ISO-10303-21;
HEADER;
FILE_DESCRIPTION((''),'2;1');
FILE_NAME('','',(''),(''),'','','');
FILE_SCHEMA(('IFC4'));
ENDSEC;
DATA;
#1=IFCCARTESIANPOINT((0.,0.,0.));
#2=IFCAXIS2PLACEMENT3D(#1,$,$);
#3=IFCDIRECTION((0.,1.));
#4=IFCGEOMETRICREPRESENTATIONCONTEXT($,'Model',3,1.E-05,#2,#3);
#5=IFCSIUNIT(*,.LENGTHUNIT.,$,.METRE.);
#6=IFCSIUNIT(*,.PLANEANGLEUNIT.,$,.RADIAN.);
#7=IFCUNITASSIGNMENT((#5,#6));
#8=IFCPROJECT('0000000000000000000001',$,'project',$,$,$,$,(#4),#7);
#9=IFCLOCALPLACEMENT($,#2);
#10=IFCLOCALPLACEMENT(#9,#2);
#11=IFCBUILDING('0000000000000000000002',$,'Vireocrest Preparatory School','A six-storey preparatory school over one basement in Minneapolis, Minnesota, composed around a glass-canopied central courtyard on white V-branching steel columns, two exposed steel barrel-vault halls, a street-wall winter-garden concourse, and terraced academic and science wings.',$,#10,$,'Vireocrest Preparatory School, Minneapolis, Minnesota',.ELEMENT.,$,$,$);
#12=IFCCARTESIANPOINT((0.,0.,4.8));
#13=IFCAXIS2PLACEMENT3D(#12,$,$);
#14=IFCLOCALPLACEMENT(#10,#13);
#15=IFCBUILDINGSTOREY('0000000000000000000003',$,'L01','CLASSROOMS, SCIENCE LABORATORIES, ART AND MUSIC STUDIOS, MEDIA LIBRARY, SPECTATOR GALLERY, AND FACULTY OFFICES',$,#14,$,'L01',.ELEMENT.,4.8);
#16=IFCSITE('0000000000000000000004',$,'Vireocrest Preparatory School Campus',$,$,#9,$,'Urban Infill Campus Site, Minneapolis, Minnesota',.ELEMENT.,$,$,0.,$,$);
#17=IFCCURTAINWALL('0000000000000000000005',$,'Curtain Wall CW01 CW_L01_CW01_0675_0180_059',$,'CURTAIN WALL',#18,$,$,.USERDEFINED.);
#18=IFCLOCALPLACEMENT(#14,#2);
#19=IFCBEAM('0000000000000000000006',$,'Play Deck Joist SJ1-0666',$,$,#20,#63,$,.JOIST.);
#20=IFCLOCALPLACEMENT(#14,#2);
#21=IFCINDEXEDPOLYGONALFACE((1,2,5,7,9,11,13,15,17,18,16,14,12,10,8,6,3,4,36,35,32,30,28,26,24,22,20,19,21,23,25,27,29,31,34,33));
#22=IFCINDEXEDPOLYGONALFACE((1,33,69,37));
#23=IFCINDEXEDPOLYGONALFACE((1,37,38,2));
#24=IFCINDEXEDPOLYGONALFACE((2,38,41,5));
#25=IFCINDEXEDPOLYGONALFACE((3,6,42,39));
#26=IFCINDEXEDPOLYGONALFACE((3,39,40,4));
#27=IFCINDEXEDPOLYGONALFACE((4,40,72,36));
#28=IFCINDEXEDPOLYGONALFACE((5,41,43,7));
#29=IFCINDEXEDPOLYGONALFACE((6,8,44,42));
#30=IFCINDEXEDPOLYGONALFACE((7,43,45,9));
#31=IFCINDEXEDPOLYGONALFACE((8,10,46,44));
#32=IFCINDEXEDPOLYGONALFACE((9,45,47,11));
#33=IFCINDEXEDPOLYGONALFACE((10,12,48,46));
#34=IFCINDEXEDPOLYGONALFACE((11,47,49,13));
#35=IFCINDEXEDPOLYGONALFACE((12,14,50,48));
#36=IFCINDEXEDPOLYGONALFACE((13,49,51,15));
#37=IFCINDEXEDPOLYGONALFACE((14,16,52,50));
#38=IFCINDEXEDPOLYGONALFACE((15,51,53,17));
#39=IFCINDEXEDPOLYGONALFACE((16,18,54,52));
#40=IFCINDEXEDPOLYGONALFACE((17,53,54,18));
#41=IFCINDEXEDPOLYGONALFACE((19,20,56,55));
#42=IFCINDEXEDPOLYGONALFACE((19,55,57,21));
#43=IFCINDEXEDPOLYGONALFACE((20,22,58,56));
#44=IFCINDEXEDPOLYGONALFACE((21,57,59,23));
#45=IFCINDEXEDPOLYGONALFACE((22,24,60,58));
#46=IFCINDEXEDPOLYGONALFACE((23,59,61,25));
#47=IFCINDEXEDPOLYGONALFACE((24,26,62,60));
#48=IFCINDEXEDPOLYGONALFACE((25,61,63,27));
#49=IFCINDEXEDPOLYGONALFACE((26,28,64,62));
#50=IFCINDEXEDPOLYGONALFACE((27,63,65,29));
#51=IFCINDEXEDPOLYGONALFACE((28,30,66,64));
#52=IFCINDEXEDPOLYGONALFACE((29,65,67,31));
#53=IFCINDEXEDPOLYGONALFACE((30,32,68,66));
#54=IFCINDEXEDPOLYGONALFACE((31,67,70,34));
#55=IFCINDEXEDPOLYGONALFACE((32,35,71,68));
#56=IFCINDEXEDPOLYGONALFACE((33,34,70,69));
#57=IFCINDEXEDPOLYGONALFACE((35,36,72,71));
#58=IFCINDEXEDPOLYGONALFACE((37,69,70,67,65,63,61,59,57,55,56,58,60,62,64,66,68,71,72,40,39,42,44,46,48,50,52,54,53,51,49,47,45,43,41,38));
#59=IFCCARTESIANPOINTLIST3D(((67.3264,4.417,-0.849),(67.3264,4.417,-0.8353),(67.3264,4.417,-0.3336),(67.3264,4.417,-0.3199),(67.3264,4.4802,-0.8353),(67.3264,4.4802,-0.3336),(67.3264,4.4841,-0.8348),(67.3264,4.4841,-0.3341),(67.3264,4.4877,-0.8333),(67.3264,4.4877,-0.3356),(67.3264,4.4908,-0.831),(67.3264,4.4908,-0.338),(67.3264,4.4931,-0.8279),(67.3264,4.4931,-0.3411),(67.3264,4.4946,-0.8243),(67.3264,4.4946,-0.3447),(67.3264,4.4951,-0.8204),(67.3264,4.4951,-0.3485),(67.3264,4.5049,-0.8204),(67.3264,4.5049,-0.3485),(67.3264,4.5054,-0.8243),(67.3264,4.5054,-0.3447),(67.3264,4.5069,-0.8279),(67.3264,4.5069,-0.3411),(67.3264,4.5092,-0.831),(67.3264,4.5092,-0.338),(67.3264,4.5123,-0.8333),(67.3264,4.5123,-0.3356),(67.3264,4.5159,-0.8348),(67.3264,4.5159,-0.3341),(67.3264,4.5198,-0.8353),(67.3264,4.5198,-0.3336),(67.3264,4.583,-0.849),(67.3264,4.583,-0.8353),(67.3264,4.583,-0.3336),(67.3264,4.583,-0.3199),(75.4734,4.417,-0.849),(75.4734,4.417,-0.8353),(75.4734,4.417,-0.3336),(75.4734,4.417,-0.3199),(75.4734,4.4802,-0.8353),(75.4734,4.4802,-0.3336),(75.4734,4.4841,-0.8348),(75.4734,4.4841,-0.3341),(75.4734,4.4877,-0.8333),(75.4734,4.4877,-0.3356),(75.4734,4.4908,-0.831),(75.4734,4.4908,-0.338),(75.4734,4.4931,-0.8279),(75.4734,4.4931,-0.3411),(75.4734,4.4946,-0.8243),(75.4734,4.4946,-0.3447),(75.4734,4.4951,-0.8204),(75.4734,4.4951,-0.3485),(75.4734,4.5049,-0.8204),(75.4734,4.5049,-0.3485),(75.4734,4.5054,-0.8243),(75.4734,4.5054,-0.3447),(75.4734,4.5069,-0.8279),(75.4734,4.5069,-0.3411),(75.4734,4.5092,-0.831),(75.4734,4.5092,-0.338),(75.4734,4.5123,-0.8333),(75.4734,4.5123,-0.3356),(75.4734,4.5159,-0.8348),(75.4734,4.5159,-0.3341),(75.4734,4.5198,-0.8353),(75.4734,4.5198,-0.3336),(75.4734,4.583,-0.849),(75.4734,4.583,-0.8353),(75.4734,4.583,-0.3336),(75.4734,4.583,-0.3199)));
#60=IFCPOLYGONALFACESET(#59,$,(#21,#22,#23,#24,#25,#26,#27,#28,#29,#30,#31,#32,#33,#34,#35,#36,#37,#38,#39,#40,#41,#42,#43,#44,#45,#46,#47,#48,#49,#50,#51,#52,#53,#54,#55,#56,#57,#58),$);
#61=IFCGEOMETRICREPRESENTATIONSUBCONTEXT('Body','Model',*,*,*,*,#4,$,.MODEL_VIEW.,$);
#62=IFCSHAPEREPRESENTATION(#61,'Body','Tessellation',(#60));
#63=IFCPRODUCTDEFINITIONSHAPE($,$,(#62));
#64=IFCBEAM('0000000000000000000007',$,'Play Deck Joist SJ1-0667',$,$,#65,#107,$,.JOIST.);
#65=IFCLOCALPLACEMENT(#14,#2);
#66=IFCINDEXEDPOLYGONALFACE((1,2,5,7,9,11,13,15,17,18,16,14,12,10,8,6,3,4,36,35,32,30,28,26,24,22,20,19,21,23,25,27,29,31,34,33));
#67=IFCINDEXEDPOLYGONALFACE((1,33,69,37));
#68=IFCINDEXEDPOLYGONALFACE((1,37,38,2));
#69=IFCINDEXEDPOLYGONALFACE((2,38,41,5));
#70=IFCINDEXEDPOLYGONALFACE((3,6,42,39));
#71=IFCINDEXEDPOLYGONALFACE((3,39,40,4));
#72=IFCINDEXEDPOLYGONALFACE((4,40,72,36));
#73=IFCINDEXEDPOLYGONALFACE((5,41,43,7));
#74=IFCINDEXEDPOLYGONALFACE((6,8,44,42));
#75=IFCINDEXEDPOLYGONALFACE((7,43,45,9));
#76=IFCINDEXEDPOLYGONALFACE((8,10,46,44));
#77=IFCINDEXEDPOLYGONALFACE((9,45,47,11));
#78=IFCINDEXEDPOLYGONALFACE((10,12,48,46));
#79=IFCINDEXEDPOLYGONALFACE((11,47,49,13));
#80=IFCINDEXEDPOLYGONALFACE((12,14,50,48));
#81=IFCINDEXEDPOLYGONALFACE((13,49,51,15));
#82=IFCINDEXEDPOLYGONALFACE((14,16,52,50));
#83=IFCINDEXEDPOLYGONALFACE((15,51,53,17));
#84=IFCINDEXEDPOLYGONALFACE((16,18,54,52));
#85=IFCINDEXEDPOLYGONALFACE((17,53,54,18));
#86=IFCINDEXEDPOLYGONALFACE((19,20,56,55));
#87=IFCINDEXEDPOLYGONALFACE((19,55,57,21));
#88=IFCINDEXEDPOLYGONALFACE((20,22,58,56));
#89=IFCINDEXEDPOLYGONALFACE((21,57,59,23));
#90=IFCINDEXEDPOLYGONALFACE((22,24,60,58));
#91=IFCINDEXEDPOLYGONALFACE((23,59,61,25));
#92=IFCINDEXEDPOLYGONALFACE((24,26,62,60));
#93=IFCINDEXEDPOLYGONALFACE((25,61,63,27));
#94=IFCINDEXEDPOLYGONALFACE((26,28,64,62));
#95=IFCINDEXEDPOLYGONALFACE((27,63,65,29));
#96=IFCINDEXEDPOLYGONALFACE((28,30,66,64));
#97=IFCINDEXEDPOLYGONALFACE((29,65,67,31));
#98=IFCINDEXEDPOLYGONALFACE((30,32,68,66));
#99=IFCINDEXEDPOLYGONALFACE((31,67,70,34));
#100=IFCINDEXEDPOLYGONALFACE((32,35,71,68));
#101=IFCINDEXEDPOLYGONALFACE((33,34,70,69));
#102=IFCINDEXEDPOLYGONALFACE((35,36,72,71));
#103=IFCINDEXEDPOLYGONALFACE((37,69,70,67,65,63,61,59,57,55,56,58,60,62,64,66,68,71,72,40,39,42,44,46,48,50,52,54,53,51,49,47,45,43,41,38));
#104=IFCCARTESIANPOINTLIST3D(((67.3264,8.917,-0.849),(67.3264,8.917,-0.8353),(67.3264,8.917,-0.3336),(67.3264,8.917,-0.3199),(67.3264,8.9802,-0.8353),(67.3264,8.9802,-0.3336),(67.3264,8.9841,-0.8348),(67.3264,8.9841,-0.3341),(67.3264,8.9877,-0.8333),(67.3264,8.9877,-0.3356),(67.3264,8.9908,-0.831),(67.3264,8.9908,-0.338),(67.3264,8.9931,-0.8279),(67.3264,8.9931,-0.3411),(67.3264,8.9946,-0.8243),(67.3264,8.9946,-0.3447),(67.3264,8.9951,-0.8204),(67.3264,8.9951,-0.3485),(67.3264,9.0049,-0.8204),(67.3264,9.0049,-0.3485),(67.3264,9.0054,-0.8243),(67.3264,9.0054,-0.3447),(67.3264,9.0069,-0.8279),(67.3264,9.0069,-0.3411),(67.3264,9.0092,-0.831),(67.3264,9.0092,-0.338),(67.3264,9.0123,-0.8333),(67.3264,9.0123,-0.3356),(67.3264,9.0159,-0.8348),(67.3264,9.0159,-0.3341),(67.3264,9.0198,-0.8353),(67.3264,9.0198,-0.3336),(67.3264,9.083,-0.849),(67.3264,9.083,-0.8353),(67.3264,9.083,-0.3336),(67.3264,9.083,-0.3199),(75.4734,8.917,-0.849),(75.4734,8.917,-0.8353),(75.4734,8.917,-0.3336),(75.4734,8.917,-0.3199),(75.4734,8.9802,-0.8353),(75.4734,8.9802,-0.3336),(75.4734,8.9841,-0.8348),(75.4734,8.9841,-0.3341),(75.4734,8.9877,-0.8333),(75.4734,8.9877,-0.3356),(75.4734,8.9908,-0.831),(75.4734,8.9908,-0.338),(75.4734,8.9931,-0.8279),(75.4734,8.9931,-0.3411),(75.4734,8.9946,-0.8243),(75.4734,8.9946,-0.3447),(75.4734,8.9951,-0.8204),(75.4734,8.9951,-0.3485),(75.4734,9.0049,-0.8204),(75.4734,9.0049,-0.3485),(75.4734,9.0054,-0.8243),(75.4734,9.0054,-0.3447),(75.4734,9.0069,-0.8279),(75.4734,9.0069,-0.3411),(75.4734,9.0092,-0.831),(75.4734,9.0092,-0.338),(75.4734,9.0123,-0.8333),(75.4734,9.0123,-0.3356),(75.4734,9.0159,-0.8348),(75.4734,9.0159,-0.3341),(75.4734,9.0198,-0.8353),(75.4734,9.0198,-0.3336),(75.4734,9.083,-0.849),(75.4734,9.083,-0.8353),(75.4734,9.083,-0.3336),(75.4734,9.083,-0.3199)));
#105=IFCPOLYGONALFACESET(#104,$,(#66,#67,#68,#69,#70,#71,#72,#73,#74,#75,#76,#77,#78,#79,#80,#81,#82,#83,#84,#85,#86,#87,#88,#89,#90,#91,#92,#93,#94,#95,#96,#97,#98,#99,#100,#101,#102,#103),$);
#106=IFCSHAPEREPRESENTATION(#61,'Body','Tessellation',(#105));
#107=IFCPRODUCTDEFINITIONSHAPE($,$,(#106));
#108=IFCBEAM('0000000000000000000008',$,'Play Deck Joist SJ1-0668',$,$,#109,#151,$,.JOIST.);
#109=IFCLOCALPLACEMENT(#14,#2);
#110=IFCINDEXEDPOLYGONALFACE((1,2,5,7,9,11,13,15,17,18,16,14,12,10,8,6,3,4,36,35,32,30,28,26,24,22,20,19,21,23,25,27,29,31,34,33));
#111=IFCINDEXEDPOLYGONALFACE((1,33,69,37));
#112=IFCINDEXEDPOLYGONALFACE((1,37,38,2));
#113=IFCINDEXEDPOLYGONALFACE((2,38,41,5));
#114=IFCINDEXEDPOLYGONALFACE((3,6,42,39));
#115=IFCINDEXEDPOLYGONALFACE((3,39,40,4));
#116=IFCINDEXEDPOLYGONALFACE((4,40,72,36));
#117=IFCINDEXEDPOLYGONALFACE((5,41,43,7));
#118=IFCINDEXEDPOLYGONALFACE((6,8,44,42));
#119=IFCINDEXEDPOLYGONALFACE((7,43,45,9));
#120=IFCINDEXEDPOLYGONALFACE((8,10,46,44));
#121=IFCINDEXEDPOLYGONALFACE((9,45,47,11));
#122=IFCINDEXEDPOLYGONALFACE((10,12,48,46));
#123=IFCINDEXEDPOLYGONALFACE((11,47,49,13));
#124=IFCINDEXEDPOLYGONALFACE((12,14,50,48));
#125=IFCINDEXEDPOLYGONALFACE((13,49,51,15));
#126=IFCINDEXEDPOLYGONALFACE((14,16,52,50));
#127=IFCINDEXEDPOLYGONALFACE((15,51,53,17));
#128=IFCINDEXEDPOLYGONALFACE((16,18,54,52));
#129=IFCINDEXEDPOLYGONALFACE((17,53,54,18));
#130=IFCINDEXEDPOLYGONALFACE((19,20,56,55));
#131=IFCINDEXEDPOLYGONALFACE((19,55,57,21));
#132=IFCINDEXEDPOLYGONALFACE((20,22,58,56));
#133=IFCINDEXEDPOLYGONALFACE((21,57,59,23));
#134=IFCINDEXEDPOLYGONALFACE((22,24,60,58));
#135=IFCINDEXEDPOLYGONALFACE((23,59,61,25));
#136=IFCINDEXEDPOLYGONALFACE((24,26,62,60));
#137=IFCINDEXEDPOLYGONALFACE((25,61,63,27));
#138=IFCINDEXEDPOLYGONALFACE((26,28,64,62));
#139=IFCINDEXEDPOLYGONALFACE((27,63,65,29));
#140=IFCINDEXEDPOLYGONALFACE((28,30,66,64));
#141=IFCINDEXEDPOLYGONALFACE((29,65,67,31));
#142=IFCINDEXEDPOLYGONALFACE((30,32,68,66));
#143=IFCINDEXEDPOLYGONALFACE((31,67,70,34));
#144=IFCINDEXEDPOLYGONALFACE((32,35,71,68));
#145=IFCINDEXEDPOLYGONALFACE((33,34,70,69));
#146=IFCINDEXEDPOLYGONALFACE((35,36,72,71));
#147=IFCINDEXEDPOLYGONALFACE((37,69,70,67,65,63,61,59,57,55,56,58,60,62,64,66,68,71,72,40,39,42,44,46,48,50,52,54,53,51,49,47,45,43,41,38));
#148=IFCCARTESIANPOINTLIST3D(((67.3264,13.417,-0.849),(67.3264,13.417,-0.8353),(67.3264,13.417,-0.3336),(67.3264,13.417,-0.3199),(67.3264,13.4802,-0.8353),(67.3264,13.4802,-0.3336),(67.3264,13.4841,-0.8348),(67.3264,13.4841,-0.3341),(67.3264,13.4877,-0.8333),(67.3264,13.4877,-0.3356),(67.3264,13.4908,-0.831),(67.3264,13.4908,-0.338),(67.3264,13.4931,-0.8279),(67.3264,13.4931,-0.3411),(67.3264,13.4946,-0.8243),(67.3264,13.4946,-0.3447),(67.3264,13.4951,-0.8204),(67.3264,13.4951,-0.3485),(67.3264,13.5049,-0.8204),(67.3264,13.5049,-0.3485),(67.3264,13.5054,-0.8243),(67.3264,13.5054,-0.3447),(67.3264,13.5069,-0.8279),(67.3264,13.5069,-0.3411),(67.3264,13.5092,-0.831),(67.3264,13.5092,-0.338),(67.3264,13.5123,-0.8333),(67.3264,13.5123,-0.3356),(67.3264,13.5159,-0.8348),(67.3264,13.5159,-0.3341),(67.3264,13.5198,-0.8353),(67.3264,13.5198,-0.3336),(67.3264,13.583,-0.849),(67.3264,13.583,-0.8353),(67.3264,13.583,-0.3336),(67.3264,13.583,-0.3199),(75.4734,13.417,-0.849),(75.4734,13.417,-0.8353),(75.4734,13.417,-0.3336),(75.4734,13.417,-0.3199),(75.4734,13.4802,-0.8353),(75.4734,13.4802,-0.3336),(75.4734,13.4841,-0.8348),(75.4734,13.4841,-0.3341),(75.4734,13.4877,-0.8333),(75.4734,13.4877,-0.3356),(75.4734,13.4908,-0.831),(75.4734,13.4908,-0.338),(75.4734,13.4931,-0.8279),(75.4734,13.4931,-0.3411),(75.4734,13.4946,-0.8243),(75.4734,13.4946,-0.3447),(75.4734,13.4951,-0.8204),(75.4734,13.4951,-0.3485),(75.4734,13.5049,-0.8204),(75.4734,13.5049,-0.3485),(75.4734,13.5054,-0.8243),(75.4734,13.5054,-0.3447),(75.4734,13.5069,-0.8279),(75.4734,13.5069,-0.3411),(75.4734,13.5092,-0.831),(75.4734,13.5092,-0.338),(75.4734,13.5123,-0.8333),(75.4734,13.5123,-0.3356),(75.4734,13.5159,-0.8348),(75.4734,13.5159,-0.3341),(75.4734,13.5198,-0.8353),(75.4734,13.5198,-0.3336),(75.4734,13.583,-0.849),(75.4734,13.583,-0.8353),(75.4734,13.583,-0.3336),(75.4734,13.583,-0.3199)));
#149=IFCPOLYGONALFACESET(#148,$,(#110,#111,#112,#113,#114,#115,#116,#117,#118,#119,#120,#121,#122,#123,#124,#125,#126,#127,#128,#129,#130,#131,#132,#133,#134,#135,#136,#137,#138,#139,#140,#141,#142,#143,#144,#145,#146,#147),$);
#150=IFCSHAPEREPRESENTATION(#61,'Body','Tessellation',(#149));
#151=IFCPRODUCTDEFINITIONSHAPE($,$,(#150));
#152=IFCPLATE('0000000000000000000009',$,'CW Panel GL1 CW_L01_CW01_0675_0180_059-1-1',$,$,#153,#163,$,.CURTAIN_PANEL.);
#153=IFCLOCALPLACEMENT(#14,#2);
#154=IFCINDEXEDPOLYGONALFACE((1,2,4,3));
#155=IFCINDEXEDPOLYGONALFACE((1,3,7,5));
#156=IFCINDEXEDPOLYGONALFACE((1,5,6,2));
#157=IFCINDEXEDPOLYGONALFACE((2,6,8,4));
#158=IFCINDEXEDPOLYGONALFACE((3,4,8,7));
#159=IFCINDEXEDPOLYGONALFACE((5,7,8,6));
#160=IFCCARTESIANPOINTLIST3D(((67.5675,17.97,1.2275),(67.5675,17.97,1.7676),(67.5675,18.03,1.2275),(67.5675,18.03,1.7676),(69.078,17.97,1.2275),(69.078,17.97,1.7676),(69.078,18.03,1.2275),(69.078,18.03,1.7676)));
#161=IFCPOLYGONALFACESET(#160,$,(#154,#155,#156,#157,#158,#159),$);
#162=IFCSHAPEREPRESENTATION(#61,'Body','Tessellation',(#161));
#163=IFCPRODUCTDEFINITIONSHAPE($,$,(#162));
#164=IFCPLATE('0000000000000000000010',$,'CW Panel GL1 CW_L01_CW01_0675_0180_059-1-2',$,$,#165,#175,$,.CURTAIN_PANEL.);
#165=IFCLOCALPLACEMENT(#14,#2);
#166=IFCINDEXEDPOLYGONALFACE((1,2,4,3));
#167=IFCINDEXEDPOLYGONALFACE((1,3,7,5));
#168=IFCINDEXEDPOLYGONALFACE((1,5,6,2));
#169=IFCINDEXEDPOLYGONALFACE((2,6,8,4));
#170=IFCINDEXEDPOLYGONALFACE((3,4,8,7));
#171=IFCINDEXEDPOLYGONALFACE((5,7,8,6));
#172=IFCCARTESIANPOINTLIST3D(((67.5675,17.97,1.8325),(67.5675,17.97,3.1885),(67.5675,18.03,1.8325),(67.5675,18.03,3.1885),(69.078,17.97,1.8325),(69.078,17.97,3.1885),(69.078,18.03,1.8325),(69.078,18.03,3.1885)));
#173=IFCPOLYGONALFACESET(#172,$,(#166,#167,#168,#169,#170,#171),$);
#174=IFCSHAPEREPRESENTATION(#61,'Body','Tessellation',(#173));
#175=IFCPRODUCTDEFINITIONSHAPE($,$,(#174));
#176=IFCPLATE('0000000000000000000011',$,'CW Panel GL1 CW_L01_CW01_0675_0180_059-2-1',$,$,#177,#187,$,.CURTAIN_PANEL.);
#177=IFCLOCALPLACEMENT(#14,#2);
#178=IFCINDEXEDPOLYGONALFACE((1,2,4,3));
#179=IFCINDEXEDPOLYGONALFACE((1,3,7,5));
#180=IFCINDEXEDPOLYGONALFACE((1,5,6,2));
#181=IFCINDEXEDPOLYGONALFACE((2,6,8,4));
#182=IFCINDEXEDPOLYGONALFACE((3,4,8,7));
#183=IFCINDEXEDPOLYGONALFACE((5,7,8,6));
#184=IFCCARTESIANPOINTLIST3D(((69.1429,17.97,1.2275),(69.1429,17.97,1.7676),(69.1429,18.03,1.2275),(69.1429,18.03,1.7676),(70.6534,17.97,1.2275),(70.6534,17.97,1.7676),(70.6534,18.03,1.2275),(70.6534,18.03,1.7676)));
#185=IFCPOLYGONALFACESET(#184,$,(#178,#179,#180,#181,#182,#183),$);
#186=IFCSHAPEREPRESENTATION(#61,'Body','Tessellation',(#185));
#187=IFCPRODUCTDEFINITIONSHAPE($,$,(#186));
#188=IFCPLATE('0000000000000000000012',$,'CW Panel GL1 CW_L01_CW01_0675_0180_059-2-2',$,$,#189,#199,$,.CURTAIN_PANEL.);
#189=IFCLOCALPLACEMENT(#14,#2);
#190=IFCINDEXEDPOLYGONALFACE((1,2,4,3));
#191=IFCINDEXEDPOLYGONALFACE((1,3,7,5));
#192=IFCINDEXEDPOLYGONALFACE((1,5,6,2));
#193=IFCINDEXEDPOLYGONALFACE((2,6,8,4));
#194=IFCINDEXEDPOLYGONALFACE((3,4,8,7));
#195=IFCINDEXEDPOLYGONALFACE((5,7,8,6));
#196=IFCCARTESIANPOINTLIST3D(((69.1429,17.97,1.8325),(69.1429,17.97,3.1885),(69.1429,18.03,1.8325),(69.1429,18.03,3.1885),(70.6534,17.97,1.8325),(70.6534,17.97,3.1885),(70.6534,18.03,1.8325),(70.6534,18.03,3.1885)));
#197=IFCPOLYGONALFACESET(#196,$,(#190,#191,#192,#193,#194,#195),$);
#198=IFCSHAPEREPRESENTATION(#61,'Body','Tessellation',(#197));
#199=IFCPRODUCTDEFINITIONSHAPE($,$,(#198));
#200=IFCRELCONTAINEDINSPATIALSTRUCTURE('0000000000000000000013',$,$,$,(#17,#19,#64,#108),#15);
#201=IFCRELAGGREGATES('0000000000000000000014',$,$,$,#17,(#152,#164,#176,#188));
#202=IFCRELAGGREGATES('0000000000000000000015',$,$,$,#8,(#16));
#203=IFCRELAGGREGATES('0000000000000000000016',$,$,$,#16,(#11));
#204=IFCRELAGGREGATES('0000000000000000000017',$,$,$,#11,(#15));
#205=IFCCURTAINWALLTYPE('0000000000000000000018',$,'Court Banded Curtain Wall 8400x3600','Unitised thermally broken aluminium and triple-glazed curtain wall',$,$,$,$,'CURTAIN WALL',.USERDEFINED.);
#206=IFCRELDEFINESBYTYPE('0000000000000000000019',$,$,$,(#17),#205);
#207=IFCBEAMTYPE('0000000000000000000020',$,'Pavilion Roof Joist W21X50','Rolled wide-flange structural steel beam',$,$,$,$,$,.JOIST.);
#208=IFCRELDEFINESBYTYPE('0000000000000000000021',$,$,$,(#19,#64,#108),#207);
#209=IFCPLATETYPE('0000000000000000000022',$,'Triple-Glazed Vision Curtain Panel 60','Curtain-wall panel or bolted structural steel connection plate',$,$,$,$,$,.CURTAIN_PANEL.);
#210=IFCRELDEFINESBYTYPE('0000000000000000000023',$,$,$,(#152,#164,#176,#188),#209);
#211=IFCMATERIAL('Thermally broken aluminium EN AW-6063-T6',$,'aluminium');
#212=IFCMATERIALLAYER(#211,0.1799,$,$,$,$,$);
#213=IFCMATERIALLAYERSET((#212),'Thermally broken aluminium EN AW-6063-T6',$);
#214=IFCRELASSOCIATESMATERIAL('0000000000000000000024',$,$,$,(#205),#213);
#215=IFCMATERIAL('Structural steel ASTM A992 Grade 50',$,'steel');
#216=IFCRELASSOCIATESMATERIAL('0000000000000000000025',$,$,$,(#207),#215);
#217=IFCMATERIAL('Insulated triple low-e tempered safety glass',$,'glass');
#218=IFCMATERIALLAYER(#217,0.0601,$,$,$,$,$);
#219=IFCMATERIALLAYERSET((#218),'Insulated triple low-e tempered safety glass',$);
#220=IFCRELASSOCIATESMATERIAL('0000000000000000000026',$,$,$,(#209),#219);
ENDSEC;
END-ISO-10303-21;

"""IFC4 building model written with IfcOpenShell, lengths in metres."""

from ifc_helpers import new_model, si_unit, direction, frame, origin, origin_2d, place, context, subcontext, project, spatial, rectangle, i_section, extrude, material, layer, layer_set, material_profile, profile_set, type_object, element, aggregate, save


model = new_model("IFC4")

# Units and contexts
model_context = context("Model", 3, precision=1e-05, world=origin(), true_north=direction((0.0, 1.0)))
body_context = subcontext(model_context, "Body", "Model", "MODEL_VIEW")
ifc_project = project(units=[si_unit("LENGTHUNIT", "METRE"), si_unit("PLANEANGLEUNIT", "RADIAN")], contexts=[model_context])

# Site, building, storey
site_placement = place(None, origin())
site = spatial("IfcSite", under=ifc_project, at=site_placement, Name="Vireocrest Preparatory School Campus", LongName="Urban Infill Campus Site, Minneapolis, Minnesota", CompositionType="ELEMENT", RefElevation=0.0)
building_placement = place(site_placement, origin())
building = spatial("IfcBuilding", under=site, at=building_placement, Name="Vireocrest Preparatory School", Description="A six-storey preparatory school over one basement in Minneapolis, Minnesota, composed around a glass-canopied central courtyard on white V-branching steel columns, two exposed steel barrel-vault halls, a street-wall winter-garden concourse, and terraced academic and science wings.", LongName="Vireocrest Preparatory School, Minneapolis, Minnesota", CompositionType="ELEMENT")
storey_placement = place(building_placement, frame((0.0, 0.0, 4.8)))
storey = spatial("IfcBuildingStorey", under=building, at=storey_placement, Name="L01", Description="CLASSROOMS, SCIENCE LABORATORIES, ART AND MUSIC STUDIOS, MEDIA LIBRARY, SPECTATOR GALLERY, AND FACULTY OFFICES", LongName="L01", CompositionType="ELEMENT", Elevation=4.8)

# Curtain wall
ifc_material_1 = material(Name="Thermally broken aluminium EN AW-6063-T6", Category="aluminium")
ifc_layer_1 = layer(ifc_material_1, 0.1799)
ifc_layer_set_1 = layer_set([ifc_layer_1], Name="Thermally broken aluminium EN AW-6063-T6")
curtain_wall_type = type_object("IfcCurtainWallType", Name="Court Banded Curtain Wall 8400x3600", Description="Unitised thermally broken aluminium and triple-glazed curtain wall", ElementType="CURTAIN WALL", PredefinedType="USERDEFINED", material=ifc_layer_set_1)
curtain_wall_placement = place(storey_placement, origin())
curtain_wall = element("IfcCurtainWall", 1, at=curtain_wall_placement, inside=storey, type_object=curtain_wall_type, Name="Curtain Wall CW01 CW_L01_CW01_0675_0180_059", ObjectType="CURTAIN WALL", PredefinedType="USERDEFINED")

# Beams
ifc_material_2 = material(Name="Structural steel ASTM A992 Grade 50", Category="steel")
ifc_material_profile_1 = material_profile(ifc_material_2, i_section(OverallWidth=0.166, OverallDepth=0.5291, WebThickness=0.0098, FlangeThickness=0.0137, FilletRadius=0.0149, at=origin_2d()), Name="W21X50")
ifc_profile_set_1 = profile_set([ifc_material_profile_1], Name="Structural steel ASTM A992 Grade 50")
beam_type_1 = type_object("IfcBeamType", Name="Pavilion Roof Joist W21X50", Description="Rolled wide-flange structural steel beam", PredefinedType="JOIST", material=ifc_profile_set_1)
for number, where, z_axis, x_axis, name in (
    (2, (67.3264, 4.5, -0.5845), (1.0, 0.0, 0.0), (0.0, 1.0, 0.0), "Play Deck Joist SJ1-0666"),
    (3, (67.3264, 9.0, -0.5845), (1.0, 0.0, 0.0), (0.0, 1.0, 0.0), "Play Deck Joist SJ1-0667"),
    (4, (67.3264, 13.5, -0.5845), (1.0, 0.0, 0.0), (0.0, 1.0, 0.0), "Play Deck Joist SJ1-0668"),
):
    element("IfcBeam", number, at=place(storey_placement, frame(where, z_axis=z_axis, x_axis=x_axis)), inside=storey, type_object=beam_type_1, Name=name, PredefinedType="JOIST", context=body_context, shape_type="SweptSolid", body=[
        extrude(i_section(OverallWidth=0.166, OverallDepth=0.5291, WebThickness=0.0098, FlangeThickness=0.0137, FilletRadius=0.0149, at=origin_2d()), origin(), (0.0, 0.0, 1.0), 8.147),
    ])

# Plates
ifc_material_3 = material(Name="Insulated triple low-e tempered safety glass", Category="glass")
ifc_layer_2 = layer(ifc_material_3, 0.0601)
ifc_layer_set_2 = layer_set([ifc_layer_2], Name="Insulated triple low-e tempered safety glass")
plate_type = type_object("IfcPlateType", Name="Triple-Glazed Vision Curtain Panel 60", Description="Curtain-wall panel or bolted structural steel connection plate", PredefinedType="CURTAIN_PANEL", material=ifc_layer_set_2)
plate_1_placement = place(storey_placement, frame((68.3228, 18.0, 1.2275), z_axis=(0.0, 0.0, 1.0), x_axis=(1.0, 0.0, 0.0)))
plate_1 = element("IfcPlate", 5, at=plate_1_placement, type_object=plate_type, Name="CW Panel GL1 CW_L01_CW01_0675_0180_059-1-1", PredefinedType="CURTAIN_PANEL", context=body_context, shape_type="SweptSolid", body=[
    extrude(rectangle(XDim=1.5105, YDim=0.0601, at=origin_2d()), origin(), (0.0, 0.0, 1.0), 0.54),
])
plate_2_placement = place(storey_placement, frame((68.3228, 18.0, 1.8325), z_axis=(0.0, 0.0, 1.0), x_axis=(1.0, 0.0, 0.0)))
plate_2 = element("IfcPlate", 6, at=plate_2_placement, type_object=plate_type, Name="CW Panel GL1 CW_L01_CW01_0675_0180_059-1-2", PredefinedType="CURTAIN_PANEL", context=body_context, shape_type="SweptSolid", body=[
    extrude(rectangle(XDim=1.5105, YDim=0.0601, at=origin_2d()), origin(), (0.0, 0.0, 1.0), 1.356),
])
plate_3_placement = place(storey_placement, frame((69.8982, 18.0, 1.2275), z_axis=(0.0, 0.0, 1.0), x_axis=(1.0, 0.0, 0.0)))
plate_3 = element("IfcPlate", 7, at=plate_3_placement, type_object=plate_type, Name="CW Panel GL1 CW_L01_CW01_0675_0180_059-2-1", PredefinedType="CURTAIN_PANEL", context=body_context, shape_type="SweptSolid", body=[
    extrude(rectangle(XDim=1.5105, YDim=0.0601, at=origin_2d()), origin(), (0.0, 0.0, 1.0), 0.54),
])
plate_4_placement = place(storey_placement, frame((69.8982, 18.0, 1.8325), z_axis=(0.0, 0.0, 1.0), x_axis=(1.0, 0.0, 0.0)))
plate_4 = element("IfcPlate", 8, at=plate_4_placement, type_object=plate_type, Name="CW Panel GL1 CW_L01_CW01_0675_0180_059-2-2", PredefinedType="CURTAIN_PANEL", context=body_context, shape_type="SweptSolid", body=[
    extrude(rectangle(XDim=1.5105, YDim=0.0601, at=origin_2d()), origin(), (0.0, 0.0, 1.0), 1.356),
])
aggregate(curtain_wall, [plate_1, plate_2, plate_3, plate_4])

save(model, "model.ifc")
